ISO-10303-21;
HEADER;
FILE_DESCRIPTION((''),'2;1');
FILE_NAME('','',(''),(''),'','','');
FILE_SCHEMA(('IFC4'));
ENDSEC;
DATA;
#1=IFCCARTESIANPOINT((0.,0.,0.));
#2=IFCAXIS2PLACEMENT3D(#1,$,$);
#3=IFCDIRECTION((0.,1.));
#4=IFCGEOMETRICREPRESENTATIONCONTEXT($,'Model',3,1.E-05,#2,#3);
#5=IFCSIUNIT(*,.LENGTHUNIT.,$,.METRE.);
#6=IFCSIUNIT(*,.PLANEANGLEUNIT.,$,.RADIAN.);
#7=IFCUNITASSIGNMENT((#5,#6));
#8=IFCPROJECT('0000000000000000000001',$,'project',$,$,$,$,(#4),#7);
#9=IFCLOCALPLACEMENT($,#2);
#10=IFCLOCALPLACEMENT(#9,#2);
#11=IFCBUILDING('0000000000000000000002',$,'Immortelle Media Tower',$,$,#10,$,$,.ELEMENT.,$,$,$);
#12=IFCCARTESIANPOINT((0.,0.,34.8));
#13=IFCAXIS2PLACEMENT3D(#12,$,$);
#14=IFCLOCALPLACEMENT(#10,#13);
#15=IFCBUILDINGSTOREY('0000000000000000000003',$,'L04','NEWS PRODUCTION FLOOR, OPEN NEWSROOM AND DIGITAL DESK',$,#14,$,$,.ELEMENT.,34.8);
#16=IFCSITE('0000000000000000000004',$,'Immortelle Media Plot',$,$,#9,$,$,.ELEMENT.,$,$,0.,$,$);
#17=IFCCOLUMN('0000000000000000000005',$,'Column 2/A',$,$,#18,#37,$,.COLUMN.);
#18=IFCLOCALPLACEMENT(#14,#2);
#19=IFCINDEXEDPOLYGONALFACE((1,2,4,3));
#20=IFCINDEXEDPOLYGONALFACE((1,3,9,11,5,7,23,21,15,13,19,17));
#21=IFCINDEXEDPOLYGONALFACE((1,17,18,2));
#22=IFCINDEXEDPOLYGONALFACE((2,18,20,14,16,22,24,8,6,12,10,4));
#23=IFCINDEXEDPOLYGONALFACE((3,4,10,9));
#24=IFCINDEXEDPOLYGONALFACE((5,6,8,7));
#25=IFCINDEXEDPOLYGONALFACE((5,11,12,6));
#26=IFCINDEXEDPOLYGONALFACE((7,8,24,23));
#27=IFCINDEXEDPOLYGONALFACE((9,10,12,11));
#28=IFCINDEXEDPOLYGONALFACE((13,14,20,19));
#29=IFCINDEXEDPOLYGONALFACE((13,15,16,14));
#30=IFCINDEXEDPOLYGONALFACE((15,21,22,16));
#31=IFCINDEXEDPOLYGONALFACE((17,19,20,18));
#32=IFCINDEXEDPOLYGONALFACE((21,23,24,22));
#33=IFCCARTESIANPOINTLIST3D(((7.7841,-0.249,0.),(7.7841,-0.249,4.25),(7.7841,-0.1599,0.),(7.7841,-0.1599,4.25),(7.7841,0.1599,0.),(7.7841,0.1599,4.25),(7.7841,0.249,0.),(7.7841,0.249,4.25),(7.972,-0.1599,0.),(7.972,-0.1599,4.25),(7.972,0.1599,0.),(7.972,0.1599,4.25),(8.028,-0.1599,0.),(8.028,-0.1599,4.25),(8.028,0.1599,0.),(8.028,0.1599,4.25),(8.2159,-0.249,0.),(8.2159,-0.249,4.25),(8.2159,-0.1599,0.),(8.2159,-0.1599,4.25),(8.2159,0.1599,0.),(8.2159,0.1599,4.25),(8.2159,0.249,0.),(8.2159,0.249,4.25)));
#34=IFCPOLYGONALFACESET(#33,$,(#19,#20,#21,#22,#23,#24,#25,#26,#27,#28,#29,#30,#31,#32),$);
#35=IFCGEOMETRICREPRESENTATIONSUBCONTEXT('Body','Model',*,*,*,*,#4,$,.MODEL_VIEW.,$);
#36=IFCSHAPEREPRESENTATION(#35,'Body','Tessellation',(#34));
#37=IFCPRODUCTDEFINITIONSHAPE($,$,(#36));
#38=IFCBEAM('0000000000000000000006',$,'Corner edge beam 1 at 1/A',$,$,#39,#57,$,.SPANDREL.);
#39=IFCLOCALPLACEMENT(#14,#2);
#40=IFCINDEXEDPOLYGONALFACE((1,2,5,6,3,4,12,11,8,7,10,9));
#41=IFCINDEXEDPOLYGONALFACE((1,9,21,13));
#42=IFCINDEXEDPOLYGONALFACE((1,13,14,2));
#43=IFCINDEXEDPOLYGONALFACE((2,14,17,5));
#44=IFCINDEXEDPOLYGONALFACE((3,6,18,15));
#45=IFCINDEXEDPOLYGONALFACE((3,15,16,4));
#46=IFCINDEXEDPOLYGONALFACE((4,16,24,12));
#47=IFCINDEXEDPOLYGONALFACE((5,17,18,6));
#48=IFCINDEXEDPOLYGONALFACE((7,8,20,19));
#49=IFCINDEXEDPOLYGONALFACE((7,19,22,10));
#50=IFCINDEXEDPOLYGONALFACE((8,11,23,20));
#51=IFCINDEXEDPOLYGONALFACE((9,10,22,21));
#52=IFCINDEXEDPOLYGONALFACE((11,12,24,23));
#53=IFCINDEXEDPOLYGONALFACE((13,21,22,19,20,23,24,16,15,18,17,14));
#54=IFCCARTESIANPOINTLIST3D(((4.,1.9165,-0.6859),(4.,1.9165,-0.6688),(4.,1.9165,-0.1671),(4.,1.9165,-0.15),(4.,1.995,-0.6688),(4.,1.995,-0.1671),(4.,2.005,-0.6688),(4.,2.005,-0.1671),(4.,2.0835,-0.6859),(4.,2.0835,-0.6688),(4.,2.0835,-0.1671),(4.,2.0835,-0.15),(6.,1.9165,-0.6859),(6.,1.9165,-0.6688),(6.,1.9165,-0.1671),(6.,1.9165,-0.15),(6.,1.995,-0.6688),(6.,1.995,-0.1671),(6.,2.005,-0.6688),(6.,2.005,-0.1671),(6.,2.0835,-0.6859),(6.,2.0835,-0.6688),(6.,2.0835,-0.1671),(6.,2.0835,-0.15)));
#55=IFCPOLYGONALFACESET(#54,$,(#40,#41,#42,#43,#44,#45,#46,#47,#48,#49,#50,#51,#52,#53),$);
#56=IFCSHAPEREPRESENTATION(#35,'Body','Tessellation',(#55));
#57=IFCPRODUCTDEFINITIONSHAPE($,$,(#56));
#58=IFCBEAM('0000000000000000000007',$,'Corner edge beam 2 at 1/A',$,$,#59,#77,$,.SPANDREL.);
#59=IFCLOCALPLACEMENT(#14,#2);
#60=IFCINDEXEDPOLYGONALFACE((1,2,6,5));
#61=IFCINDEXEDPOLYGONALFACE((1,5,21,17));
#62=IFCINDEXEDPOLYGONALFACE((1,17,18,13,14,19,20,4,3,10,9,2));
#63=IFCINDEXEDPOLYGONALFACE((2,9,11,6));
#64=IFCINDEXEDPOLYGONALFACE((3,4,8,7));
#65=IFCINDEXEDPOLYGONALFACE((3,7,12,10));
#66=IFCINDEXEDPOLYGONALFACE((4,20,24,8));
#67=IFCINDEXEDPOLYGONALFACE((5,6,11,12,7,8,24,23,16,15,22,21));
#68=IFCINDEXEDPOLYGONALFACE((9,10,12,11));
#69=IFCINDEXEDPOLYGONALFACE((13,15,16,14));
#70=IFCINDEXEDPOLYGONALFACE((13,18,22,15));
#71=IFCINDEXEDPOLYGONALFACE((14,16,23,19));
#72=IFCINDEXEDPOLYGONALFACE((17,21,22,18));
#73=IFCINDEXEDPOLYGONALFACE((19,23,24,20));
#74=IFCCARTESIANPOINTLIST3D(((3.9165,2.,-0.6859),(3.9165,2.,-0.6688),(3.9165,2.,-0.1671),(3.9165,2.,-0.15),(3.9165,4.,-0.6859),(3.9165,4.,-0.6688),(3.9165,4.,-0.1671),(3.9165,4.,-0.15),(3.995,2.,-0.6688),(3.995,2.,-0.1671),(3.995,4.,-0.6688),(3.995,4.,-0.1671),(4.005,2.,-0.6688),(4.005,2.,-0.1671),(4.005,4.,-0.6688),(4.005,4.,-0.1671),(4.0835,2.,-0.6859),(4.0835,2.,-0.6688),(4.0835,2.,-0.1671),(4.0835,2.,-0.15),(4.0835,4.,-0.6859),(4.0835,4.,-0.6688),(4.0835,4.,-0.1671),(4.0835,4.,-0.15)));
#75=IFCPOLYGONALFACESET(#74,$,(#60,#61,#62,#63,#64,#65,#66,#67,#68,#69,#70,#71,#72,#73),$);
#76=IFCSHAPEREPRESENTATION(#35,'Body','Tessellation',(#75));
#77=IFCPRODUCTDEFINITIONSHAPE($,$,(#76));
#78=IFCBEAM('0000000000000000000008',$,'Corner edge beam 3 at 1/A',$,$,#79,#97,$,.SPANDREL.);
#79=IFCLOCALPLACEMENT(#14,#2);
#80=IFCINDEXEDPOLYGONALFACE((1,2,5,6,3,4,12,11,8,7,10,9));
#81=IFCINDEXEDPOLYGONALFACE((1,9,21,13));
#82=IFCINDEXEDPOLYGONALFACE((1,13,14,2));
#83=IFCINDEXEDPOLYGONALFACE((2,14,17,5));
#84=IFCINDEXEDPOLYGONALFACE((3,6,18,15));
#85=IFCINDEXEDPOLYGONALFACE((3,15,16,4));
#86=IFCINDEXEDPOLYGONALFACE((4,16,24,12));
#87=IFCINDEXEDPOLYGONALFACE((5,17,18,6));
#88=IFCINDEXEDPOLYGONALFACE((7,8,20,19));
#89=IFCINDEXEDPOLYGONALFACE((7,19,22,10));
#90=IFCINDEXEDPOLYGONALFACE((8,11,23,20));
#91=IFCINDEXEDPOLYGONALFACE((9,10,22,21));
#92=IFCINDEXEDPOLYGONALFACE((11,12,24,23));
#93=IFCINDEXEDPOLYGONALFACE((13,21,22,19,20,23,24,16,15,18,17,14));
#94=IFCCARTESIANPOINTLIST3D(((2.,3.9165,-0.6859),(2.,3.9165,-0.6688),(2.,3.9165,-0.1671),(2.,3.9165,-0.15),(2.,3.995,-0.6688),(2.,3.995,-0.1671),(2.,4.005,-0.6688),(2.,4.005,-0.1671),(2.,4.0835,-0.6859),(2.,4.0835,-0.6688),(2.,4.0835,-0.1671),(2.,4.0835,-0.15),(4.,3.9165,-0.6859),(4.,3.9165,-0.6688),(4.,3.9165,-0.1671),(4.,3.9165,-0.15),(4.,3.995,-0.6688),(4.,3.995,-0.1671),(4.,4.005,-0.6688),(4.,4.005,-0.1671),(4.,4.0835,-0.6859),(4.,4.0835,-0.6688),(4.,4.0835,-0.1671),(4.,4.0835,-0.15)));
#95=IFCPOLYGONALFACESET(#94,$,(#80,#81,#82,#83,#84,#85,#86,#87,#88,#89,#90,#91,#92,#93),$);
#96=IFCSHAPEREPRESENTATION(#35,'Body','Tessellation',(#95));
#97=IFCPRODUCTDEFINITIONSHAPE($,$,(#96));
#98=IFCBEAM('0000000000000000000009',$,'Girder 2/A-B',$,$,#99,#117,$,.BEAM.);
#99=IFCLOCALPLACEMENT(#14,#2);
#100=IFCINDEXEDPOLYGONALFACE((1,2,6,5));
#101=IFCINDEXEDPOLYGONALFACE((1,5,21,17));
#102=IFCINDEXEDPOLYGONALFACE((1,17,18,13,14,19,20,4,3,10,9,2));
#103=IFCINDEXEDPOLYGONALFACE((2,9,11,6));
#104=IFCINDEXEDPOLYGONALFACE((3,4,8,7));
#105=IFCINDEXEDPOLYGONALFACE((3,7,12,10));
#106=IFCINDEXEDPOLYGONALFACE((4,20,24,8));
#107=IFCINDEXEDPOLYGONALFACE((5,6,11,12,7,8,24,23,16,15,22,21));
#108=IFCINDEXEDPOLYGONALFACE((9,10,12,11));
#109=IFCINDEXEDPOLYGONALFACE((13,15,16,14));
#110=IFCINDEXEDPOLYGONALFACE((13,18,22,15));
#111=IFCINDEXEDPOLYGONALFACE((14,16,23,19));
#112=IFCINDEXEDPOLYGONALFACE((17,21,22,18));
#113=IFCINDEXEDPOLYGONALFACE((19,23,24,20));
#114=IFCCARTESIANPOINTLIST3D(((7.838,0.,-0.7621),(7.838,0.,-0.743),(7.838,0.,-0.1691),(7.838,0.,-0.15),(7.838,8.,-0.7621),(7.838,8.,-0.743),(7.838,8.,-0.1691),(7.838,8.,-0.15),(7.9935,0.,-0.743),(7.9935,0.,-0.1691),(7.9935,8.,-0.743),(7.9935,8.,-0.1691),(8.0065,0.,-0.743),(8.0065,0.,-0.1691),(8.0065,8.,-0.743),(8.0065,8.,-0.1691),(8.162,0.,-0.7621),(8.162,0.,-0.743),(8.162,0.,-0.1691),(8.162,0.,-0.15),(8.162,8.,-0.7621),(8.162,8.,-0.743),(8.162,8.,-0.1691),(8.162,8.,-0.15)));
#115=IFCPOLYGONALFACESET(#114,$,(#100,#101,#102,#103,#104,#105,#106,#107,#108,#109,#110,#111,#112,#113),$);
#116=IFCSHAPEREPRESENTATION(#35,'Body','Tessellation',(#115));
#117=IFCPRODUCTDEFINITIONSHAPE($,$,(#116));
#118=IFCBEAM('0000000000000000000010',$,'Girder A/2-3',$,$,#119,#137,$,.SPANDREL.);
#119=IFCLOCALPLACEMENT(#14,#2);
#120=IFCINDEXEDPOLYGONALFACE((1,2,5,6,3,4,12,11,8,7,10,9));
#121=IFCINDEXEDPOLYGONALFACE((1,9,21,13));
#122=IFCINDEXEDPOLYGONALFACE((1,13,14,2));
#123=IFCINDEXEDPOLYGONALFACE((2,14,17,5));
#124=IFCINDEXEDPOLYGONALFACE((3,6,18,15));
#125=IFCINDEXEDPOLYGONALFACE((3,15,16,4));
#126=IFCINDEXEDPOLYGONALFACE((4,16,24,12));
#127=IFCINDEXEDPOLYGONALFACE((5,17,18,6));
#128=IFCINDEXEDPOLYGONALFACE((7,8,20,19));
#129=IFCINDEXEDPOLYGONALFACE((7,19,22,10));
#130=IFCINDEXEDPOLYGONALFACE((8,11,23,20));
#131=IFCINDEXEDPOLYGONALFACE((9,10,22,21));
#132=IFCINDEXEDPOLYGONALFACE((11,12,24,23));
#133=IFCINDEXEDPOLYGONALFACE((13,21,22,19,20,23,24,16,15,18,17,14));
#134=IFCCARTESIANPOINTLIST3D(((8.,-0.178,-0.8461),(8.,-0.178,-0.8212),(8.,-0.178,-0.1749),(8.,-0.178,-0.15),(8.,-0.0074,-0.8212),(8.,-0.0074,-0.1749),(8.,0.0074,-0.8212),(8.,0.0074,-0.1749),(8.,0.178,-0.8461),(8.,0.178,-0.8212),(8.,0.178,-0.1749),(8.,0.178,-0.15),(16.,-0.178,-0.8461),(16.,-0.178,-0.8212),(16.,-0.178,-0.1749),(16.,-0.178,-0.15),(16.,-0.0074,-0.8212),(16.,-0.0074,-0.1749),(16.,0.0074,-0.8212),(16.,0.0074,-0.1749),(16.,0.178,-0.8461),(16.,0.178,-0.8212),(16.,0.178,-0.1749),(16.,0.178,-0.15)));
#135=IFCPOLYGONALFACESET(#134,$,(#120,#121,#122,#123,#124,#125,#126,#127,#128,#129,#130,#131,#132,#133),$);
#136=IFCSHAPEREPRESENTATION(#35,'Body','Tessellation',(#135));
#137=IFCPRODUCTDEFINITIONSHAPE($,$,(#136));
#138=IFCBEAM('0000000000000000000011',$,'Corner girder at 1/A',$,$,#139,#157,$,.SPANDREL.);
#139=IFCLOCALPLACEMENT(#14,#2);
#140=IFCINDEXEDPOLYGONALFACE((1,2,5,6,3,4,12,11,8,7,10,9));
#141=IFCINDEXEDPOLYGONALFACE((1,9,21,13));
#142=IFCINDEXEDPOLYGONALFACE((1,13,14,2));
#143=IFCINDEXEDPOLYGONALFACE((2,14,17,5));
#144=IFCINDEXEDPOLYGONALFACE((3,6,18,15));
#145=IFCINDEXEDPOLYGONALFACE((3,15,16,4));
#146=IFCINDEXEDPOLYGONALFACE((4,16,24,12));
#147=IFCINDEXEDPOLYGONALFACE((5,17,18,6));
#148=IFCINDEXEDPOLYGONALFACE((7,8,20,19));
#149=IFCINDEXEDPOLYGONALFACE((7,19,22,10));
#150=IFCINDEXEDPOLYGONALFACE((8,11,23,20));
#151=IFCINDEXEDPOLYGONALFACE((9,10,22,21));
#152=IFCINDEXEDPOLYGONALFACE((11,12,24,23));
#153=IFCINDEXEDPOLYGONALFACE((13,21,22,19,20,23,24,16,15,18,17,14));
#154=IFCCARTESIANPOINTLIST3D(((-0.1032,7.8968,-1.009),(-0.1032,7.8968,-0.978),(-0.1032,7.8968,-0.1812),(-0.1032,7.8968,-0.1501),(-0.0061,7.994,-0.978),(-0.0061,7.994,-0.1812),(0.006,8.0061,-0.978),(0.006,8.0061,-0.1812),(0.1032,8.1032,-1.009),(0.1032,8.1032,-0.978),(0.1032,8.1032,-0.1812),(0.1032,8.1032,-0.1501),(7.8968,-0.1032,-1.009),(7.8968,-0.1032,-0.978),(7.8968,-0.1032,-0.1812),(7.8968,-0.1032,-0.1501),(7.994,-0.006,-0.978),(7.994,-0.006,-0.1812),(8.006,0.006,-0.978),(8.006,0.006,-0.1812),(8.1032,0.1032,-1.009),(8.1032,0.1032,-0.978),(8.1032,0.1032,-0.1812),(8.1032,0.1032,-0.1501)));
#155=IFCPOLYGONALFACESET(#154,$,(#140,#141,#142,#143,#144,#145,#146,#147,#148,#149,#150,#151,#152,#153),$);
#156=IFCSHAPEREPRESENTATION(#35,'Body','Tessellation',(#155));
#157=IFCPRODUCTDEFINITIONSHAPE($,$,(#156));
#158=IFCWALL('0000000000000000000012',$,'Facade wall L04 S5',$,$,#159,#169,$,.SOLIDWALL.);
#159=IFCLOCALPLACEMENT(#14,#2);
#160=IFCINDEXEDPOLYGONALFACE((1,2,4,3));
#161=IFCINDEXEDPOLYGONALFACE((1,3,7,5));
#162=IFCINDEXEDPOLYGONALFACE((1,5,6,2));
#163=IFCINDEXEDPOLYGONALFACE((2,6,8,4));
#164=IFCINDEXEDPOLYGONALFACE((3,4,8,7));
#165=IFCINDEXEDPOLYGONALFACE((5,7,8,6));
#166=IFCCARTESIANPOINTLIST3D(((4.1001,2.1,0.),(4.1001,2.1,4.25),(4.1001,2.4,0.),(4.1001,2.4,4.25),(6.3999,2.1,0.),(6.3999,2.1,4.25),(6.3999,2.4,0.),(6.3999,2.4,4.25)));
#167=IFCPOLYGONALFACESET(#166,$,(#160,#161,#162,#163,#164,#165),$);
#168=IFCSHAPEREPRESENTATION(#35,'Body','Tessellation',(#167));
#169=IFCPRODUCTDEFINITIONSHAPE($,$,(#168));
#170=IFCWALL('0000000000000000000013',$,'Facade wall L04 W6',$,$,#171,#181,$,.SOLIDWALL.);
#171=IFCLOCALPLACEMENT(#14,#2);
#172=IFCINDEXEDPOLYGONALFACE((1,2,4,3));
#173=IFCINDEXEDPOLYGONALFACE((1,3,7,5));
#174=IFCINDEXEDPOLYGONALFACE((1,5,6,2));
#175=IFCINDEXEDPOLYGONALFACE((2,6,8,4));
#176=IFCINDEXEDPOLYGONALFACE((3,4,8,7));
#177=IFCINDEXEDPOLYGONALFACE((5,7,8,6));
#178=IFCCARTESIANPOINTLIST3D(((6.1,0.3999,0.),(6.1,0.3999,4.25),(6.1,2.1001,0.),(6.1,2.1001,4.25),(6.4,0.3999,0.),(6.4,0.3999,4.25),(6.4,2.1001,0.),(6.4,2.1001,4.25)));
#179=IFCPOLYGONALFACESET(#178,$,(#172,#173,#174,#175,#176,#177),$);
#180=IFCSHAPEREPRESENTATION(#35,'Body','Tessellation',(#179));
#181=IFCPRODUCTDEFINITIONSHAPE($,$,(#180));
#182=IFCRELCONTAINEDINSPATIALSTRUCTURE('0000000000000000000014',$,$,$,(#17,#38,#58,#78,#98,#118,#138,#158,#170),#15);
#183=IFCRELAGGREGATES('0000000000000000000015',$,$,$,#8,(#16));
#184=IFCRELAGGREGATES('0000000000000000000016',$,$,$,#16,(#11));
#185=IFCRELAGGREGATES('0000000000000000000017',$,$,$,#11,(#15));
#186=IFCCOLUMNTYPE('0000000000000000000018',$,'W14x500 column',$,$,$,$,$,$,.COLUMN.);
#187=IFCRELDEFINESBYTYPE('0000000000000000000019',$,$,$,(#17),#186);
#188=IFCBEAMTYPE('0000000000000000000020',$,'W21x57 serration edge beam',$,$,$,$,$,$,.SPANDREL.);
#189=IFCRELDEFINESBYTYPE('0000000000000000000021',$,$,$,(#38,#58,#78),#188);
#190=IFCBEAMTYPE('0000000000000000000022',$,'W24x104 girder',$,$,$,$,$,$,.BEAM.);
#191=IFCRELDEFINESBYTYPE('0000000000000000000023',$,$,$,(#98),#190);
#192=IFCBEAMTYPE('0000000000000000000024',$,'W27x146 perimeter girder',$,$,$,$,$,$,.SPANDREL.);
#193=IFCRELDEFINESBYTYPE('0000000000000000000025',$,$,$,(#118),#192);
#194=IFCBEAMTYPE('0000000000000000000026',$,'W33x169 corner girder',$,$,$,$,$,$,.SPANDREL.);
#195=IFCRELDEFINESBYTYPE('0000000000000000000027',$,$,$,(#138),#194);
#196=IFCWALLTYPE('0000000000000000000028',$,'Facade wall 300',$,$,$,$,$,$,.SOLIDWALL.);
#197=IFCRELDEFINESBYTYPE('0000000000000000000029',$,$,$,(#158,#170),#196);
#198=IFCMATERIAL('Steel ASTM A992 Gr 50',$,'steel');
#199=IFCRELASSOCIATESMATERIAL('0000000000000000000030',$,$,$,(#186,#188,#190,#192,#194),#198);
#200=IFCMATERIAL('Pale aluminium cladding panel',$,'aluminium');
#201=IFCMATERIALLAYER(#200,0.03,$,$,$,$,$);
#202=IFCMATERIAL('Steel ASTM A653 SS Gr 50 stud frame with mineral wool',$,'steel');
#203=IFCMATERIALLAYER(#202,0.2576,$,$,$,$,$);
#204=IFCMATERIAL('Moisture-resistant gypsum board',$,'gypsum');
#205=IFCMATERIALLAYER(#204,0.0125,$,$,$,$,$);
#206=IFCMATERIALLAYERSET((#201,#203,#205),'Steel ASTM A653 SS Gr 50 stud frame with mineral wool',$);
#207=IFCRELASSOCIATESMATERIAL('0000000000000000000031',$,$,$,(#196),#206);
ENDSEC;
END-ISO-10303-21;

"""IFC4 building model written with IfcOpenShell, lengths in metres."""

from ifc_helpers import new_model, si_unit, direction, frame, frame_2d, origin, origin_2d, place, context, subcontext, project, spatial, rectangle, i_section, extrude, material, layer, layer_set, material_profile, profile_set, type_object, element, save


model = new_model("IFC4")

# Units and contexts
model_context = context("Model", 3, precision=1e-05, world=origin(), true_north=direction((0.0, 1.0)))
body_context = subcontext(model_context, "Body", "Model", "MODEL_VIEW")
ifc_project = project(units=[si_unit("LENGTHUNIT", "METRE"), si_unit("PLANEANGLEUNIT", "RADIAN")], contexts=[model_context])

# Site, building, storey
site_placement = place(None, origin())
site = spatial("IfcSite", under=ifc_project, at=site_placement, Name="Immortelle Media Plot", CompositionType="ELEMENT", RefElevation=0.0)
building_placement = place(site_placement, origin())
building = spatial("IfcBuilding", under=site, at=building_placement, Name="Immortelle Media Tower", CompositionType="ELEMENT")
storey_placement = place(building_placement, frame((0.0, 0.0, 34.8)))
storey = spatial("IfcBuildingStorey", under=building, at=storey_placement, Name="L04", Description="NEWS PRODUCTION FLOOR, OPEN NEWSROOM AND DIGITAL DESK", CompositionType="ELEMENT", Elevation=34.8)

# Column
ifc_material_1 = material(Name="Steel ASTM A992 Gr 50", Category="steel")
ifc_material_profile_1 = material_profile(ifc_material_1, i_section(OverallWidth=0.4319, OverallDepth=0.498, WebThickness=0.0559, FlangeThickness=0.0891, at=origin_2d()), Name="W14x500")
ifc_profile_set_1 = profile_set([ifc_material_profile_1], Name="Steel ASTM A992 Gr 50")
column_type = type_object("IfcColumnType", Name="W14x500 column", PredefinedType="COLUMN", material=ifc_profile_set_1)
column_placement = place(storey_placement, frame((8.0, 0.0, 0.0), z_axis=(0.0, 0.0, 1.0), x_axis=(1.0, 0.0, 0.0)))
element("IfcColumn", 1, at=column_placement, inside=storey, type_object=column_type, Name="Column 2/A", PredefinedType="COLUMN", context=body_context, shape_type="SweptSolid", body=[
    extrude(i_section(OverallWidth=0.4319, OverallDepth=0.498, WebThickness=0.0559, FlangeThickness=0.0891, at=origin_2d()), origin(), (0.0, 0.0, 1.0), 4.25),
])

# Beams
ifc_material_profile_2 = material_profile(ifc_material_1, i_section(OverallWidth=0.167, OverallDepth=0.5359, WebThickness=0.01, FlangeThickness=0.0171, at=origin_2d()), Name="W21x57")
ifc_profile_set_2 = profile_set([ifc_material_profile_2], Name="Steel ASTM A992 Gr 50")
beam_type_1 = type_object("IfcBeamType", Name="W21x57 serration edge beam", PredefinedType="SPANDREL", material=ifc_profile_set_2)
for number, where, z_axis, x_axis, name in (
    (2, (6.0, 2.0, -0.418), (-1.0, 0.0, 0.0), (0.0, -1.0, 0.0), "Corner edge beam 1 at 1/A"),
    (3, (4.0, 2.0, -0.418), (0.0, 1.0, 0.0), (-1.0, 0.0, 0.0), "Corner edge beam 2 at 1/A"),
    (4, (4.0, 4.0, -0.418), (-1.0, 0.0, 0.0), (0.0, -1.0, 0.0), "Corner edge beam 3 at 1/A"),
):
    element("IfcBeam", number, at=place(storey_placement, frame(where, z_axis=z_axis, x_axis=x_axis)), inside=storey, type_object=beam_type_1, Name=name, PredefinedType="SPANDREL", context=body_context, shape_type="SweptSolid", body=[
        extrude(i_section(OverallWidth=0.167, OverallDepth=0.5359, WebThickness=0.01, FlangeThickness=0.0171, at=origin_2d()), origin(), (0.0, 0.0, 1.0), 2.0),
    ])
ifc_material_profile_3 = material_profile(ifc_material_1, i_section(OverallWidth=0.324, OverallDepth=0.6121, WebThickness=0.0129, FlangeThickness=0.019, at=origin_2d()), Name="W24x104")
ifc_profile_set_3 = profile_set([ifc_material_profile_3], Name="Steel ASTM A992 Gr 50")
beam_type_2 = type_object("IfcBeamType", Name="W24x104 girder", PredefinedType="BEAM", material=ifc_profile_set_3)
beam_1_placement = place(storey_placement, frame((8.0, 0.0, -0.4561), z_axis=(0.0, 1.0, 0.0), x_axis=(-1.0, 0.0, 0.0)))
element("IfcBeam", 5, at=beam_1_placement, inside=storey, type_object=beam_type_2, Name="Girder 2/A-B", PredefinedType="BEAM", context=body_context, shape_type="SweptSolid", body=[
    extrude(i_section(OverallWidth=0.324, OverallDepth=0.6121, WebThickness=0.0129, FlangeThickness=0.019, at=origin_2d()), origin(), (0.0, 0.0, 1.0), 8.0),
])
ifc_material_profile_4 = material_profile(ifc_material_1, i_section(OverallWidth=0.356, OverallDepth=0.696, WebThickness=0.0149, FlangeThickness=0.0249, at=origin_2d()), Name="W27x146")
ifc_profile_set_4 = profile_set([ifc_material_profile_4], Name="Steel ASTM A992 Gr 50")
beam_type_3 = type_object("IfcBeamType", Name="W27x146 perimeter girder", PredefinedType="SPANDREL", material=ifc_profile_set_4)
beam_2_placement = place(storey_placement, frame((8.0, 0.0, -0.498), z_axis=(1.0, 0.0, 0.0), x_axis=(0.0, 1.0, 0.0)))
element("IfcBeam", 6, at=beam_2_placement, inside=storey, type_object=beam_type_3, Name="Girder A/2-3", PredefinedType="SPANDREL", context=body_context, shape_type="SweptSolid", body=[
    extrude(i_section(OverallWidth=0.356, OverallDepth=0.696, WebThickness=0.0149, FlangeThickness=0.0249, at=origin_2d()), origin(), (0.0, 0.0, 1.0), 8.0),
])
ifc_material_profile_5 = material_profile(ifc_material_1, i_section(OverallWidth=0.292, OverallDepth=0.8589, WebThickness=0.0171, FlangeThickness=0.031, at=origin_2d()), Name="W33x169")
ifc_profile_set_5 = profile_set([ifc_material_profile_5], Name="Steel ASTM A992 Gr 50")
beam_type_4 = type_object("IfcBeamType", Name="W33x169 corner girder", PredefinedType="SPANDREL", material=ifc_profile_set_5)
beam_3_placement = place(storey_placement, frame((8.0, 0.0, -0.5796), z_axis=(-0.707107, 0.707107, 0.0), x_axis=(-0.707107, -0.707107, 0.0)))
element("IfcBeam", 7, at=beam_3_placement, inside=storey, type_object=beam_type_4, Name="Corner girder at 1/A", PredefinedType="SPANDREL", context=body_context, shape_type="SweptSolid", body=[
    extrude(i_section(OverallWidth=0.292, OverallDepth=0.8589, WebThickness=0.0171, FlangeThickness=0.031, at=origin_2d()), origin(), (0.0, 0.0, 1.0), 11.3137),
])

# Walls
ifc_material_2 = material(Name="Pale aluminium cladding panel", Category="aluminium")
ifc_layer_1 = layer(ifc_material_2, 0.03)
ifc_material_3 = material(Name="Steel ASTM A653 SS Gr 50 stud frame with mineral wool", Category="steel")
ifc_layer_2 = layer(ifc_material_3, 0.2576)
ifc_material_4 = material(Name="Moisture-resistant gypsum board", Category="gypsum")
ifc_layer_3 = layer(ifc_material_4, 0.0125)
ifc_layer_set_1 = layer_set([ifc_layer_1, ifc_layer_2, ifc_layer_3], Name="Steel ASTM A653 SS Gr 50 stud frame with mineral wool")
wall_type_1 = type_object("IfcWallType", Name="Facade wall 300", PredefinedType="SOLIDWALL", material=ifc_layer_set_1)
wall_1_placement = place(storey_placement, frame((4.1001, 2.25, 0.0), z_axis=(0.0, 0.0, 1.0), x_axis=(1.0, 0.0, 0.0)))
element("IfcWall", 8, at=wall_1_placement, inside=storey, type_object=wall_type_1, Name="Facade wall L04 S5", PredefinedType="SOLIDWALL", context=body_context, shape_type="SweptSolid", body=[
    extrude(rectangle(XDim=2.2998, YDim=0.3, at=frame_2d((1.1499, 0.0))), origin(), (0.0, 0.0, 1.0), 4.25),
])
wall_2_placement = place(storey_placement, frame((6.25, 2.1001, 0.0), z_axis=(0.0, 0.0, 1.0), x_axis=(0.0, -1.0, 0.0)))
element("IfcWall", 9, at=wall_2_placement, inside=storey, type_object=wall_type_1, Name="Facade wall L04 W6", PredefinedType="SOLIDWALL", context=body_context, shape_type="SweptSolid", body=[
    extrude(rectangle(XDim=1.7002, YDim=0.3, at=frame_2d((0.8501, 0.0))), origin(), (0.0, 0.0, 1.0), 4.25),
])

save(model, "model.ifc")
